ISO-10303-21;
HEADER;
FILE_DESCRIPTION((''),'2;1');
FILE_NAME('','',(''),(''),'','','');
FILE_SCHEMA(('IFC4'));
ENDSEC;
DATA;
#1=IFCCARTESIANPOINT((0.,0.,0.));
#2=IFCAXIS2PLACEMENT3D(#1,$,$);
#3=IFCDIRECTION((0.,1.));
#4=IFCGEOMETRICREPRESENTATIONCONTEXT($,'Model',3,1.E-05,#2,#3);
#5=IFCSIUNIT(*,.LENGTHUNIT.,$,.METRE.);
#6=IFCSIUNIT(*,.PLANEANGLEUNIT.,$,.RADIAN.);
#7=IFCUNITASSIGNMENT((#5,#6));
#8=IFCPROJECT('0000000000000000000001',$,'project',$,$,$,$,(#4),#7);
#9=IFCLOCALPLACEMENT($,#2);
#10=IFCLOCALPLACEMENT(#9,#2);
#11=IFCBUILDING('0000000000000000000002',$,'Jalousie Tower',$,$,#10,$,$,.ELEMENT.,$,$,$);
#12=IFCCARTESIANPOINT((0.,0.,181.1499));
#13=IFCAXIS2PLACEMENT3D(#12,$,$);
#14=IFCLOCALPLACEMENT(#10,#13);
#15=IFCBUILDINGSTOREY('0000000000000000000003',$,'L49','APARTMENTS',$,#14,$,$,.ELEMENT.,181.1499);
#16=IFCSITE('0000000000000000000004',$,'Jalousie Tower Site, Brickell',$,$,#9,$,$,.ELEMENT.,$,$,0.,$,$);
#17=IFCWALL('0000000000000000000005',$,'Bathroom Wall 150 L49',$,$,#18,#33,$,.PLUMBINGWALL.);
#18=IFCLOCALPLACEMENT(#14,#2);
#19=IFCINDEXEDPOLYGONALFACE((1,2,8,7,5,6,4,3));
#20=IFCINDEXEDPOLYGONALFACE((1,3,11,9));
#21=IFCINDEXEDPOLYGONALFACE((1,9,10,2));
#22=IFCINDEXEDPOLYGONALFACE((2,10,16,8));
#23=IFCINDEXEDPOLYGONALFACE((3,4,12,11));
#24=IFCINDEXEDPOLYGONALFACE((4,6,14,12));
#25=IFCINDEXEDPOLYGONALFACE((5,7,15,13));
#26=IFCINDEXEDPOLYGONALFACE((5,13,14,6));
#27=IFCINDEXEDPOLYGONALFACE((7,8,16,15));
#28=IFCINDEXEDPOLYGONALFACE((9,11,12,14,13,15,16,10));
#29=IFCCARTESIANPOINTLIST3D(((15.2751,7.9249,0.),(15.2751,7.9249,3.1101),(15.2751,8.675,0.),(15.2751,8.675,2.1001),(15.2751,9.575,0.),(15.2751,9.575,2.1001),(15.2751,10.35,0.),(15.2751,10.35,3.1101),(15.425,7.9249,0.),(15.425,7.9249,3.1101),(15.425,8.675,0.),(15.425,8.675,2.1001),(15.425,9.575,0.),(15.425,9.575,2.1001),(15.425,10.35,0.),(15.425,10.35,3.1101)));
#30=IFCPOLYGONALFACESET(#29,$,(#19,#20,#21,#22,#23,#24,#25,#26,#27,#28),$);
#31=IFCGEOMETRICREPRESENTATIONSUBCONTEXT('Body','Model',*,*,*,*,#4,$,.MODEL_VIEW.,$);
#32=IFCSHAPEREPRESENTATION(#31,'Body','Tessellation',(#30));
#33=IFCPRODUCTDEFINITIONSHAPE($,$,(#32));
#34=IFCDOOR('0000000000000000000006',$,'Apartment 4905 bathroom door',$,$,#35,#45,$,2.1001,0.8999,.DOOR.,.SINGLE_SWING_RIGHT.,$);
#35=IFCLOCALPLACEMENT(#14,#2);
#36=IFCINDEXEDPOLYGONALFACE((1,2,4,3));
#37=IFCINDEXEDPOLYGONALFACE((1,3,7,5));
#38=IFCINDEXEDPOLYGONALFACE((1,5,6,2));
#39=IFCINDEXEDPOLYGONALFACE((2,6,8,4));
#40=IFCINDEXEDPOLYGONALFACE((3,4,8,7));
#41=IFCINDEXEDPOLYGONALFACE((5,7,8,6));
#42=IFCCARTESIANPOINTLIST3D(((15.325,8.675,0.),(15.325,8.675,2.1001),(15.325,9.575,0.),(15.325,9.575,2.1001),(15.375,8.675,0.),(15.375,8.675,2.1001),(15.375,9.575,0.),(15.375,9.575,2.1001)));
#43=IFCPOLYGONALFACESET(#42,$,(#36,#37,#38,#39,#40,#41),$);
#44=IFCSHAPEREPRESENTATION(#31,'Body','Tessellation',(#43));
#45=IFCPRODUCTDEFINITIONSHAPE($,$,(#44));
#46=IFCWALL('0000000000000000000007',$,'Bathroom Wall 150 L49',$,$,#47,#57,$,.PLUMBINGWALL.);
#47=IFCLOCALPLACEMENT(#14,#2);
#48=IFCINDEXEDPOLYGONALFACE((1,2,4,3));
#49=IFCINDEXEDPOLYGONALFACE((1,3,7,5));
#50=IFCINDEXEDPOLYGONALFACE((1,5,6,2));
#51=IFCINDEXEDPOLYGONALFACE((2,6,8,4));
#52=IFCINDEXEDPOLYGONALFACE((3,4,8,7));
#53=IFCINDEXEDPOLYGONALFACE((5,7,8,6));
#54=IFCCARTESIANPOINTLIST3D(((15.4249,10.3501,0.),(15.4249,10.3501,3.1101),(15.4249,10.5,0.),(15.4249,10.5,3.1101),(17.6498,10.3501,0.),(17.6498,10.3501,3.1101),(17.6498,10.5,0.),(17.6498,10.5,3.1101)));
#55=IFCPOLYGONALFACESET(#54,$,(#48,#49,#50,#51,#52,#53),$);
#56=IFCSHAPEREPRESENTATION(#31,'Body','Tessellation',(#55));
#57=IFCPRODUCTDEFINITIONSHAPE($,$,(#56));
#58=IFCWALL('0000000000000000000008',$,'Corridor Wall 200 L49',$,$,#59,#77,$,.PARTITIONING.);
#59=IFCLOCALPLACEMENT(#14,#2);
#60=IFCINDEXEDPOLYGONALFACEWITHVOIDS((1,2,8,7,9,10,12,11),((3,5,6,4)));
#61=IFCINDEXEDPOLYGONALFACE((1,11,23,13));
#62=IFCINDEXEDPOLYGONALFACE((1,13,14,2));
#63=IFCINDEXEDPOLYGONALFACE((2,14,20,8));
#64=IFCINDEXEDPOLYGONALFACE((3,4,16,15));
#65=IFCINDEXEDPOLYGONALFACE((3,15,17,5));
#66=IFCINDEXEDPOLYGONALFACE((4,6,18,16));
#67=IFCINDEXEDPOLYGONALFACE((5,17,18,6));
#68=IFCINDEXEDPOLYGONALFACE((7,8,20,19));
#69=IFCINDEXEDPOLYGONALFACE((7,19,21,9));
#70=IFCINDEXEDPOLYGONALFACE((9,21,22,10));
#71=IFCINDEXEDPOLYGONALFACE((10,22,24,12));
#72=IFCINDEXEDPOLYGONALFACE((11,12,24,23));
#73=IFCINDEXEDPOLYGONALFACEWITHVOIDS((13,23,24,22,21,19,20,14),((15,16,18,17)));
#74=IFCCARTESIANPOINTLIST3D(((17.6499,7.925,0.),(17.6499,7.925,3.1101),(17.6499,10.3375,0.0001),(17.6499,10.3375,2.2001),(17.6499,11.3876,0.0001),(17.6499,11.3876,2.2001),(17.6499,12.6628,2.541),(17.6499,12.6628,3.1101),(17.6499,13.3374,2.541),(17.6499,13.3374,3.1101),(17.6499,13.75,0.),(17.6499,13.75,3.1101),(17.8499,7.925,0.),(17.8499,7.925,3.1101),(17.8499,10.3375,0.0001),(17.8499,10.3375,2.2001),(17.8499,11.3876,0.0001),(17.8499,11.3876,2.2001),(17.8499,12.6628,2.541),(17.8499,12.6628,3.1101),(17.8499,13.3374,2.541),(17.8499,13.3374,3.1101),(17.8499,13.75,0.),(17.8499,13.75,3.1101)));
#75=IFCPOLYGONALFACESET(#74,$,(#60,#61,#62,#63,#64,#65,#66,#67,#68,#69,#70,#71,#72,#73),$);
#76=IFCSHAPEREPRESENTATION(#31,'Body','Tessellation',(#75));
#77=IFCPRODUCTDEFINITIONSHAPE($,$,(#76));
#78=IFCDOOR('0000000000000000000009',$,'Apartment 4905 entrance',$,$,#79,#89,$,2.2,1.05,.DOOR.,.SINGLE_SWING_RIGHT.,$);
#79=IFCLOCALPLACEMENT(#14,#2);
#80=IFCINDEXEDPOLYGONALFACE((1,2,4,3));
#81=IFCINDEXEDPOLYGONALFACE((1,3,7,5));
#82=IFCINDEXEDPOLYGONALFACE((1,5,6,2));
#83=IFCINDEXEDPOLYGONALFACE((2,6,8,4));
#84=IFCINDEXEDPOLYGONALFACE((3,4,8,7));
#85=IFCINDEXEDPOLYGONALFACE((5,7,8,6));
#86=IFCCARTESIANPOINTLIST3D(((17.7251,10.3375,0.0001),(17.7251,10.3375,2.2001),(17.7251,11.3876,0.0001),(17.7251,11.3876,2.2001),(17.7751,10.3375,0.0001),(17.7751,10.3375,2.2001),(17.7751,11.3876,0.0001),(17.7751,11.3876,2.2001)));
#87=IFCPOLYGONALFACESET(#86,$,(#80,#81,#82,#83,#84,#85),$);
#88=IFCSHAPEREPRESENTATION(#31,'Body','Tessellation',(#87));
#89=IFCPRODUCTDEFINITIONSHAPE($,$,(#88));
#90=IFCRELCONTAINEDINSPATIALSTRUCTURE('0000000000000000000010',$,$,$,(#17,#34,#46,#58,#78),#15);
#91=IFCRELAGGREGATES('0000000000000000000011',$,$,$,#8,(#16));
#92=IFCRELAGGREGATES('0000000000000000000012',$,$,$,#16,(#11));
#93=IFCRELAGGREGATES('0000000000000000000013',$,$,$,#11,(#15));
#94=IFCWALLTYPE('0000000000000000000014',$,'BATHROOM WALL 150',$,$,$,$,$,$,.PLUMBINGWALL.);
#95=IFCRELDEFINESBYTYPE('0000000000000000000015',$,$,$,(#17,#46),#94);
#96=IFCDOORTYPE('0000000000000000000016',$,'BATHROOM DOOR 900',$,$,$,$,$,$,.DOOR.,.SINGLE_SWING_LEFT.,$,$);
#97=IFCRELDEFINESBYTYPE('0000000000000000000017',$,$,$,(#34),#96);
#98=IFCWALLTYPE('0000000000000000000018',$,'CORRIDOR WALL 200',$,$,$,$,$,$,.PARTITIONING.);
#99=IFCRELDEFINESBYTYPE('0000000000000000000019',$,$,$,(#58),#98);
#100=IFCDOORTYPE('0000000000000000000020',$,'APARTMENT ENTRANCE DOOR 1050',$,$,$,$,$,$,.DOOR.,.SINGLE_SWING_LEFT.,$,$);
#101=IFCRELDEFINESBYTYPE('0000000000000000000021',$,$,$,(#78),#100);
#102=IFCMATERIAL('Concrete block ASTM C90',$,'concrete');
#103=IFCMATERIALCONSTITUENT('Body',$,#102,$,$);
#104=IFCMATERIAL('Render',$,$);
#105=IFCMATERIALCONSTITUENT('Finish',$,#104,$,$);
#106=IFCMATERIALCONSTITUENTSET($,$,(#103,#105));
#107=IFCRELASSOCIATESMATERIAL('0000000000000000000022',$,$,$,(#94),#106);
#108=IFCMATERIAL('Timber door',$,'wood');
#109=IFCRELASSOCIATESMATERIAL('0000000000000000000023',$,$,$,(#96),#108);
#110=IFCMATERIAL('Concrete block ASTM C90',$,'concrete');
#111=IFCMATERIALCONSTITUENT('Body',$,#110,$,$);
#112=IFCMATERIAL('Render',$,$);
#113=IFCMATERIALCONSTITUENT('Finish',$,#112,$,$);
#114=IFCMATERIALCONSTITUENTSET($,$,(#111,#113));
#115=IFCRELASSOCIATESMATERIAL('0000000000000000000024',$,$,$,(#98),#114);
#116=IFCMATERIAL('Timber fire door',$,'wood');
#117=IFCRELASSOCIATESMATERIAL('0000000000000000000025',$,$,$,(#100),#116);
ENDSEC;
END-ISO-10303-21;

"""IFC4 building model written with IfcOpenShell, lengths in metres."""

from ifc_helpers import new_model, si_unit, direction, frame, frame_2d, origin, place, context, subcontext, project, spatial, polyline, rectangle, outline, extrude, material, constituent, constituent_set, type_object, element, fill, save


model = new_model("IFC4")

# Units and contexts
model_context = context("Model", 3, precision=1e-05, world=origin(), true_north=direction((0.0, 1.0)))
body_context = subcontext(model_context, "Body", "Model", "MODEL_VIEW")
ifc_project = project(units=[si_unit("LENGTHUNIT", "METRE"), si_unit("PLANEANGLEUNIT", "RADIAN")], contexts=[model_context])

# Site, building, storey
site_placement = place(None, origin())
site = spatial("IfcSite", under=ifc_project, at=site_placement, Name="Jalousie Tower Site, Brickell", CompositionType="ELEMENT", RefElevation=0.0)
building_placement = place(site_placement, origin())
building = spatial("IfcBuilding", under=site, at=building_placement, Name="Jalousie Tower", CompositionType="ELEMENT")
storey_placement = place(building_placement, frame((0.0, 0.0, 181.1499)))
storey = spatial("IfcBuildingStorey", under=building, at=storey_placement, Name="L49", Description="APARTMENTS", CompositionType="ELEMENT", Elevation=181.1499)

# Wall, opening, door
ifc_material_1 = material(Name="Concrete block ASTM C90", Category="concrete")
ifc_constituent_1 = constituent(ifc_material_1, Name="Body")
ifc_material_2 = material(Name="Render")
ifc_constituent_2 = constituent(ifc_material_2, Name="Finish")
ifc_constituent_set_1 = constituent_set(constituents=[ifc_constituent_1, ifc_constituent_2])
wall_type_1 = type_object("IfcWallType", Name="BATHROOM WALL 150", PredefinedType="PLUMBINGWALL", material=ifc_constituent_set_1)
wall_1_placement = place(storey_placement, frame((15.3501, 7.925, 0.0), z_axis=(0.0, 0.0, 1.0), x_axis=(0.0, 1.0, 0.0)))
wall_1 = element("IfcWall", 1, at=wall_1_placement, inside=storey, type_object=wall_type_1, Name="Bathroom Wall 150 L49", PredefinedType="PLUMBINGWALL", context=body_context, shape_type="SweptSolid", body=[
    extrude(rectangle(XDim=2.425, YDim=0.1499, at=frame_2d((1.2124, 0.0))), origin(), (0.0, 0.0, 1.0), 3.1101),
])
opening_1_placement = place(wall_1_placement, frame((0.75, 0.0, 0.0)))
opening_1 = element("IfcOpeningElement", 2, at=opening_1_placement, cuts=wall_1, PredefinedType="OPENING", context=body_context, shape_type="SweptSolid", body=[
    extrude(rectangle(XDim=0.8999, YDim=2.1001, at=frame_2d((0.45, 1.05))), frame((0.0, 0.085, 0.0), z_axis=(0.0, -1.0, 0.0), x_axis=(1.0, 0.0, 0.0)), (0.0, 0.0, 1.0), 0.1699),
])
ifc_material_3 = material(Name="Timber door", Category="wood")
door_type_1 = type_object("IfcDoorType", Name="BATHROOM DOOR 900", OperationType="SINGLE_SWING_LEFT", PredefinedType="DOOR", material=ifc_material_3)
door_1_placement = place(opening_1_placement, frame((0.8999, 0.0, 0.0), z_axis=(0.0, 0.0, 1.0), x_axis=(-1.0, 0.0, 0.0)))
door_1 = element("IfcDoor", 3, at=door_1_placement, inside=storey, type_object=door_type_1, Name="Apartment 4905 bathroom door", OperationType="SINGLE_SWING_RIGHT", OverallHeight=2.1001, OverallWidth=0.8999, PredefinedType="DOOR", context=body_context, shape_type="SweptSolid", body=[
    extrude(rectangle(XDim=0.8999, YDim=2.1001, at=frame_2d((0.45, 1.05))), frame((0.0, 0.0249, 0.0), z_axis=(0.0, -1.0, 0.0), x_axis=(1.0, 0.0, 0.0)), (0.0, 0.0, 1.0), 0.05),
])
fill(opening_1, door_1)

# Wall
wall_2_placement = place(storey_placement, frame((15.425, 10.425, 0.0), z_axis=(0.0, 0.0, 1.0), x_axis=(1.0, 0.0, 0.0)))
element("IfcWall", 4, at=wall_2_placement, inside=storey, type_object=wall_type_1, Name="Bathroom Wall 150 L49", PredefinedType="PLUMBINGWALL", context=body_context, shape_type="SweptSolid", body=[
    extrude(rectangle(XDim=2.2249, YDim=0.1499, at=frame_2d((1.1123, 0.0))), origin(), (0.0, 0.0, 1.0), 3.1101),
])

# Wall, opening, door
ifc_material_4 = material(Name="Concrete block ASTM C90", Category="concrete")
ifc_constituent_3 = constituent(ifc_material_4, Name="Body")
ifc_material_5 = material(Name="Render")
ifc_constituent_4 = constituent(ifc_material_5, Name="Finish")
ifc_constituent_set_2 = constituent_set(constituents=[ifc_constituent_3, ifc_constituent_4])
wall_type_2 = type_object("IfcWallType", Name="CORRIDOR WALL 200", PredefinedType="PARTITIONING", material=ifc_constituent_set_2)
wall_3_placement = place(storey_placement, frame((17.75, 7.925, 0.0), z_axis=(0.0, 0.0, 1.0), x_axis=(0.0, 1.0, 0.0)))
wall_3 = element("IfcWall", 5, at=wall_3_placement, inside=storey, type_object=wall_type_2, Name="Corridor Wall 200 L49", PredefinedType="PARTITIONING", context=body_context, shape_type="SweptSolid", body=[
    extrude(outline(polyline([(0.0, 0.0), (5.825, 0.0), (5.825, 3.1101), (5.4124, 3.1101), (5.4124, 2.541), (4.7378, 2.541), (4.7378, 3.1101), (0.0, 3.1101), (0.0, 0.0)])), frame((0.0, 0.1001, 0.0), z_axis=(0.0, -1.0, 0.0), x_axis=(1.0, 0.0, 0.0)), (0.0, 0.0, 1.0), 0.2),
])
opening_2_placement = place(wall_3_placement, frame((2.4126, 0.0, 0.0)))
opening_2 = element("IfcOpeningElement", 6, at=opening_2_placement, cuts=wall_3, PredefinedType="OPENING", context=body_context, shape_type="SweptSolid", body=[
    extrude(rectangle(XDim=1.05, YDim=2.2, at=frame_2d((0.5249, 1.1001))), frame((0.0, 0.1099, 0.0), z_axis=(0.0, -1.0, 0.0), x_axis=(1.0, 0.0, 0.0)), (0.0, 0.0, 1.0), 0.22),
])
ifc_material_6 = material(Name="Timber fire door", Category="wood")
door_type_2 = type_object("IfcDoorType", Name="APARTMENT ENTRANCE DOOR 1050", OperationType="SINGLE_SWING_LEFT", PredefinedType="DOOR", material=ifc_material_6)
door_2_placement = place(opening_2_placement, origin())
door_2 = element("IfcDoor", 7, at=door_2_placement, inside=storey, type_object=door_type_2, Name="Apartment 4905 entrance", OperationType="SINGLE_SWING_RIGHT", OverallHeight=2.2, OverallWidth=1.05, PredefinedType="DOOR", context=body_context, shape_type="SweptSolid", body=[
    extrude(rectangle(XDim=1.05, YDim=2.2, at=frame_2d((0.5249, 1.1001))), frame((0.0, 0.0249, 0.0), z_axis=(0.0, -1.0, 0.0), x_axis=(1.0, 0.0, 0.0)), (0.0, 0.0, 1.0), 0.05),
])
fill(opening_2, door_2)

save(model, "model.ifc")
